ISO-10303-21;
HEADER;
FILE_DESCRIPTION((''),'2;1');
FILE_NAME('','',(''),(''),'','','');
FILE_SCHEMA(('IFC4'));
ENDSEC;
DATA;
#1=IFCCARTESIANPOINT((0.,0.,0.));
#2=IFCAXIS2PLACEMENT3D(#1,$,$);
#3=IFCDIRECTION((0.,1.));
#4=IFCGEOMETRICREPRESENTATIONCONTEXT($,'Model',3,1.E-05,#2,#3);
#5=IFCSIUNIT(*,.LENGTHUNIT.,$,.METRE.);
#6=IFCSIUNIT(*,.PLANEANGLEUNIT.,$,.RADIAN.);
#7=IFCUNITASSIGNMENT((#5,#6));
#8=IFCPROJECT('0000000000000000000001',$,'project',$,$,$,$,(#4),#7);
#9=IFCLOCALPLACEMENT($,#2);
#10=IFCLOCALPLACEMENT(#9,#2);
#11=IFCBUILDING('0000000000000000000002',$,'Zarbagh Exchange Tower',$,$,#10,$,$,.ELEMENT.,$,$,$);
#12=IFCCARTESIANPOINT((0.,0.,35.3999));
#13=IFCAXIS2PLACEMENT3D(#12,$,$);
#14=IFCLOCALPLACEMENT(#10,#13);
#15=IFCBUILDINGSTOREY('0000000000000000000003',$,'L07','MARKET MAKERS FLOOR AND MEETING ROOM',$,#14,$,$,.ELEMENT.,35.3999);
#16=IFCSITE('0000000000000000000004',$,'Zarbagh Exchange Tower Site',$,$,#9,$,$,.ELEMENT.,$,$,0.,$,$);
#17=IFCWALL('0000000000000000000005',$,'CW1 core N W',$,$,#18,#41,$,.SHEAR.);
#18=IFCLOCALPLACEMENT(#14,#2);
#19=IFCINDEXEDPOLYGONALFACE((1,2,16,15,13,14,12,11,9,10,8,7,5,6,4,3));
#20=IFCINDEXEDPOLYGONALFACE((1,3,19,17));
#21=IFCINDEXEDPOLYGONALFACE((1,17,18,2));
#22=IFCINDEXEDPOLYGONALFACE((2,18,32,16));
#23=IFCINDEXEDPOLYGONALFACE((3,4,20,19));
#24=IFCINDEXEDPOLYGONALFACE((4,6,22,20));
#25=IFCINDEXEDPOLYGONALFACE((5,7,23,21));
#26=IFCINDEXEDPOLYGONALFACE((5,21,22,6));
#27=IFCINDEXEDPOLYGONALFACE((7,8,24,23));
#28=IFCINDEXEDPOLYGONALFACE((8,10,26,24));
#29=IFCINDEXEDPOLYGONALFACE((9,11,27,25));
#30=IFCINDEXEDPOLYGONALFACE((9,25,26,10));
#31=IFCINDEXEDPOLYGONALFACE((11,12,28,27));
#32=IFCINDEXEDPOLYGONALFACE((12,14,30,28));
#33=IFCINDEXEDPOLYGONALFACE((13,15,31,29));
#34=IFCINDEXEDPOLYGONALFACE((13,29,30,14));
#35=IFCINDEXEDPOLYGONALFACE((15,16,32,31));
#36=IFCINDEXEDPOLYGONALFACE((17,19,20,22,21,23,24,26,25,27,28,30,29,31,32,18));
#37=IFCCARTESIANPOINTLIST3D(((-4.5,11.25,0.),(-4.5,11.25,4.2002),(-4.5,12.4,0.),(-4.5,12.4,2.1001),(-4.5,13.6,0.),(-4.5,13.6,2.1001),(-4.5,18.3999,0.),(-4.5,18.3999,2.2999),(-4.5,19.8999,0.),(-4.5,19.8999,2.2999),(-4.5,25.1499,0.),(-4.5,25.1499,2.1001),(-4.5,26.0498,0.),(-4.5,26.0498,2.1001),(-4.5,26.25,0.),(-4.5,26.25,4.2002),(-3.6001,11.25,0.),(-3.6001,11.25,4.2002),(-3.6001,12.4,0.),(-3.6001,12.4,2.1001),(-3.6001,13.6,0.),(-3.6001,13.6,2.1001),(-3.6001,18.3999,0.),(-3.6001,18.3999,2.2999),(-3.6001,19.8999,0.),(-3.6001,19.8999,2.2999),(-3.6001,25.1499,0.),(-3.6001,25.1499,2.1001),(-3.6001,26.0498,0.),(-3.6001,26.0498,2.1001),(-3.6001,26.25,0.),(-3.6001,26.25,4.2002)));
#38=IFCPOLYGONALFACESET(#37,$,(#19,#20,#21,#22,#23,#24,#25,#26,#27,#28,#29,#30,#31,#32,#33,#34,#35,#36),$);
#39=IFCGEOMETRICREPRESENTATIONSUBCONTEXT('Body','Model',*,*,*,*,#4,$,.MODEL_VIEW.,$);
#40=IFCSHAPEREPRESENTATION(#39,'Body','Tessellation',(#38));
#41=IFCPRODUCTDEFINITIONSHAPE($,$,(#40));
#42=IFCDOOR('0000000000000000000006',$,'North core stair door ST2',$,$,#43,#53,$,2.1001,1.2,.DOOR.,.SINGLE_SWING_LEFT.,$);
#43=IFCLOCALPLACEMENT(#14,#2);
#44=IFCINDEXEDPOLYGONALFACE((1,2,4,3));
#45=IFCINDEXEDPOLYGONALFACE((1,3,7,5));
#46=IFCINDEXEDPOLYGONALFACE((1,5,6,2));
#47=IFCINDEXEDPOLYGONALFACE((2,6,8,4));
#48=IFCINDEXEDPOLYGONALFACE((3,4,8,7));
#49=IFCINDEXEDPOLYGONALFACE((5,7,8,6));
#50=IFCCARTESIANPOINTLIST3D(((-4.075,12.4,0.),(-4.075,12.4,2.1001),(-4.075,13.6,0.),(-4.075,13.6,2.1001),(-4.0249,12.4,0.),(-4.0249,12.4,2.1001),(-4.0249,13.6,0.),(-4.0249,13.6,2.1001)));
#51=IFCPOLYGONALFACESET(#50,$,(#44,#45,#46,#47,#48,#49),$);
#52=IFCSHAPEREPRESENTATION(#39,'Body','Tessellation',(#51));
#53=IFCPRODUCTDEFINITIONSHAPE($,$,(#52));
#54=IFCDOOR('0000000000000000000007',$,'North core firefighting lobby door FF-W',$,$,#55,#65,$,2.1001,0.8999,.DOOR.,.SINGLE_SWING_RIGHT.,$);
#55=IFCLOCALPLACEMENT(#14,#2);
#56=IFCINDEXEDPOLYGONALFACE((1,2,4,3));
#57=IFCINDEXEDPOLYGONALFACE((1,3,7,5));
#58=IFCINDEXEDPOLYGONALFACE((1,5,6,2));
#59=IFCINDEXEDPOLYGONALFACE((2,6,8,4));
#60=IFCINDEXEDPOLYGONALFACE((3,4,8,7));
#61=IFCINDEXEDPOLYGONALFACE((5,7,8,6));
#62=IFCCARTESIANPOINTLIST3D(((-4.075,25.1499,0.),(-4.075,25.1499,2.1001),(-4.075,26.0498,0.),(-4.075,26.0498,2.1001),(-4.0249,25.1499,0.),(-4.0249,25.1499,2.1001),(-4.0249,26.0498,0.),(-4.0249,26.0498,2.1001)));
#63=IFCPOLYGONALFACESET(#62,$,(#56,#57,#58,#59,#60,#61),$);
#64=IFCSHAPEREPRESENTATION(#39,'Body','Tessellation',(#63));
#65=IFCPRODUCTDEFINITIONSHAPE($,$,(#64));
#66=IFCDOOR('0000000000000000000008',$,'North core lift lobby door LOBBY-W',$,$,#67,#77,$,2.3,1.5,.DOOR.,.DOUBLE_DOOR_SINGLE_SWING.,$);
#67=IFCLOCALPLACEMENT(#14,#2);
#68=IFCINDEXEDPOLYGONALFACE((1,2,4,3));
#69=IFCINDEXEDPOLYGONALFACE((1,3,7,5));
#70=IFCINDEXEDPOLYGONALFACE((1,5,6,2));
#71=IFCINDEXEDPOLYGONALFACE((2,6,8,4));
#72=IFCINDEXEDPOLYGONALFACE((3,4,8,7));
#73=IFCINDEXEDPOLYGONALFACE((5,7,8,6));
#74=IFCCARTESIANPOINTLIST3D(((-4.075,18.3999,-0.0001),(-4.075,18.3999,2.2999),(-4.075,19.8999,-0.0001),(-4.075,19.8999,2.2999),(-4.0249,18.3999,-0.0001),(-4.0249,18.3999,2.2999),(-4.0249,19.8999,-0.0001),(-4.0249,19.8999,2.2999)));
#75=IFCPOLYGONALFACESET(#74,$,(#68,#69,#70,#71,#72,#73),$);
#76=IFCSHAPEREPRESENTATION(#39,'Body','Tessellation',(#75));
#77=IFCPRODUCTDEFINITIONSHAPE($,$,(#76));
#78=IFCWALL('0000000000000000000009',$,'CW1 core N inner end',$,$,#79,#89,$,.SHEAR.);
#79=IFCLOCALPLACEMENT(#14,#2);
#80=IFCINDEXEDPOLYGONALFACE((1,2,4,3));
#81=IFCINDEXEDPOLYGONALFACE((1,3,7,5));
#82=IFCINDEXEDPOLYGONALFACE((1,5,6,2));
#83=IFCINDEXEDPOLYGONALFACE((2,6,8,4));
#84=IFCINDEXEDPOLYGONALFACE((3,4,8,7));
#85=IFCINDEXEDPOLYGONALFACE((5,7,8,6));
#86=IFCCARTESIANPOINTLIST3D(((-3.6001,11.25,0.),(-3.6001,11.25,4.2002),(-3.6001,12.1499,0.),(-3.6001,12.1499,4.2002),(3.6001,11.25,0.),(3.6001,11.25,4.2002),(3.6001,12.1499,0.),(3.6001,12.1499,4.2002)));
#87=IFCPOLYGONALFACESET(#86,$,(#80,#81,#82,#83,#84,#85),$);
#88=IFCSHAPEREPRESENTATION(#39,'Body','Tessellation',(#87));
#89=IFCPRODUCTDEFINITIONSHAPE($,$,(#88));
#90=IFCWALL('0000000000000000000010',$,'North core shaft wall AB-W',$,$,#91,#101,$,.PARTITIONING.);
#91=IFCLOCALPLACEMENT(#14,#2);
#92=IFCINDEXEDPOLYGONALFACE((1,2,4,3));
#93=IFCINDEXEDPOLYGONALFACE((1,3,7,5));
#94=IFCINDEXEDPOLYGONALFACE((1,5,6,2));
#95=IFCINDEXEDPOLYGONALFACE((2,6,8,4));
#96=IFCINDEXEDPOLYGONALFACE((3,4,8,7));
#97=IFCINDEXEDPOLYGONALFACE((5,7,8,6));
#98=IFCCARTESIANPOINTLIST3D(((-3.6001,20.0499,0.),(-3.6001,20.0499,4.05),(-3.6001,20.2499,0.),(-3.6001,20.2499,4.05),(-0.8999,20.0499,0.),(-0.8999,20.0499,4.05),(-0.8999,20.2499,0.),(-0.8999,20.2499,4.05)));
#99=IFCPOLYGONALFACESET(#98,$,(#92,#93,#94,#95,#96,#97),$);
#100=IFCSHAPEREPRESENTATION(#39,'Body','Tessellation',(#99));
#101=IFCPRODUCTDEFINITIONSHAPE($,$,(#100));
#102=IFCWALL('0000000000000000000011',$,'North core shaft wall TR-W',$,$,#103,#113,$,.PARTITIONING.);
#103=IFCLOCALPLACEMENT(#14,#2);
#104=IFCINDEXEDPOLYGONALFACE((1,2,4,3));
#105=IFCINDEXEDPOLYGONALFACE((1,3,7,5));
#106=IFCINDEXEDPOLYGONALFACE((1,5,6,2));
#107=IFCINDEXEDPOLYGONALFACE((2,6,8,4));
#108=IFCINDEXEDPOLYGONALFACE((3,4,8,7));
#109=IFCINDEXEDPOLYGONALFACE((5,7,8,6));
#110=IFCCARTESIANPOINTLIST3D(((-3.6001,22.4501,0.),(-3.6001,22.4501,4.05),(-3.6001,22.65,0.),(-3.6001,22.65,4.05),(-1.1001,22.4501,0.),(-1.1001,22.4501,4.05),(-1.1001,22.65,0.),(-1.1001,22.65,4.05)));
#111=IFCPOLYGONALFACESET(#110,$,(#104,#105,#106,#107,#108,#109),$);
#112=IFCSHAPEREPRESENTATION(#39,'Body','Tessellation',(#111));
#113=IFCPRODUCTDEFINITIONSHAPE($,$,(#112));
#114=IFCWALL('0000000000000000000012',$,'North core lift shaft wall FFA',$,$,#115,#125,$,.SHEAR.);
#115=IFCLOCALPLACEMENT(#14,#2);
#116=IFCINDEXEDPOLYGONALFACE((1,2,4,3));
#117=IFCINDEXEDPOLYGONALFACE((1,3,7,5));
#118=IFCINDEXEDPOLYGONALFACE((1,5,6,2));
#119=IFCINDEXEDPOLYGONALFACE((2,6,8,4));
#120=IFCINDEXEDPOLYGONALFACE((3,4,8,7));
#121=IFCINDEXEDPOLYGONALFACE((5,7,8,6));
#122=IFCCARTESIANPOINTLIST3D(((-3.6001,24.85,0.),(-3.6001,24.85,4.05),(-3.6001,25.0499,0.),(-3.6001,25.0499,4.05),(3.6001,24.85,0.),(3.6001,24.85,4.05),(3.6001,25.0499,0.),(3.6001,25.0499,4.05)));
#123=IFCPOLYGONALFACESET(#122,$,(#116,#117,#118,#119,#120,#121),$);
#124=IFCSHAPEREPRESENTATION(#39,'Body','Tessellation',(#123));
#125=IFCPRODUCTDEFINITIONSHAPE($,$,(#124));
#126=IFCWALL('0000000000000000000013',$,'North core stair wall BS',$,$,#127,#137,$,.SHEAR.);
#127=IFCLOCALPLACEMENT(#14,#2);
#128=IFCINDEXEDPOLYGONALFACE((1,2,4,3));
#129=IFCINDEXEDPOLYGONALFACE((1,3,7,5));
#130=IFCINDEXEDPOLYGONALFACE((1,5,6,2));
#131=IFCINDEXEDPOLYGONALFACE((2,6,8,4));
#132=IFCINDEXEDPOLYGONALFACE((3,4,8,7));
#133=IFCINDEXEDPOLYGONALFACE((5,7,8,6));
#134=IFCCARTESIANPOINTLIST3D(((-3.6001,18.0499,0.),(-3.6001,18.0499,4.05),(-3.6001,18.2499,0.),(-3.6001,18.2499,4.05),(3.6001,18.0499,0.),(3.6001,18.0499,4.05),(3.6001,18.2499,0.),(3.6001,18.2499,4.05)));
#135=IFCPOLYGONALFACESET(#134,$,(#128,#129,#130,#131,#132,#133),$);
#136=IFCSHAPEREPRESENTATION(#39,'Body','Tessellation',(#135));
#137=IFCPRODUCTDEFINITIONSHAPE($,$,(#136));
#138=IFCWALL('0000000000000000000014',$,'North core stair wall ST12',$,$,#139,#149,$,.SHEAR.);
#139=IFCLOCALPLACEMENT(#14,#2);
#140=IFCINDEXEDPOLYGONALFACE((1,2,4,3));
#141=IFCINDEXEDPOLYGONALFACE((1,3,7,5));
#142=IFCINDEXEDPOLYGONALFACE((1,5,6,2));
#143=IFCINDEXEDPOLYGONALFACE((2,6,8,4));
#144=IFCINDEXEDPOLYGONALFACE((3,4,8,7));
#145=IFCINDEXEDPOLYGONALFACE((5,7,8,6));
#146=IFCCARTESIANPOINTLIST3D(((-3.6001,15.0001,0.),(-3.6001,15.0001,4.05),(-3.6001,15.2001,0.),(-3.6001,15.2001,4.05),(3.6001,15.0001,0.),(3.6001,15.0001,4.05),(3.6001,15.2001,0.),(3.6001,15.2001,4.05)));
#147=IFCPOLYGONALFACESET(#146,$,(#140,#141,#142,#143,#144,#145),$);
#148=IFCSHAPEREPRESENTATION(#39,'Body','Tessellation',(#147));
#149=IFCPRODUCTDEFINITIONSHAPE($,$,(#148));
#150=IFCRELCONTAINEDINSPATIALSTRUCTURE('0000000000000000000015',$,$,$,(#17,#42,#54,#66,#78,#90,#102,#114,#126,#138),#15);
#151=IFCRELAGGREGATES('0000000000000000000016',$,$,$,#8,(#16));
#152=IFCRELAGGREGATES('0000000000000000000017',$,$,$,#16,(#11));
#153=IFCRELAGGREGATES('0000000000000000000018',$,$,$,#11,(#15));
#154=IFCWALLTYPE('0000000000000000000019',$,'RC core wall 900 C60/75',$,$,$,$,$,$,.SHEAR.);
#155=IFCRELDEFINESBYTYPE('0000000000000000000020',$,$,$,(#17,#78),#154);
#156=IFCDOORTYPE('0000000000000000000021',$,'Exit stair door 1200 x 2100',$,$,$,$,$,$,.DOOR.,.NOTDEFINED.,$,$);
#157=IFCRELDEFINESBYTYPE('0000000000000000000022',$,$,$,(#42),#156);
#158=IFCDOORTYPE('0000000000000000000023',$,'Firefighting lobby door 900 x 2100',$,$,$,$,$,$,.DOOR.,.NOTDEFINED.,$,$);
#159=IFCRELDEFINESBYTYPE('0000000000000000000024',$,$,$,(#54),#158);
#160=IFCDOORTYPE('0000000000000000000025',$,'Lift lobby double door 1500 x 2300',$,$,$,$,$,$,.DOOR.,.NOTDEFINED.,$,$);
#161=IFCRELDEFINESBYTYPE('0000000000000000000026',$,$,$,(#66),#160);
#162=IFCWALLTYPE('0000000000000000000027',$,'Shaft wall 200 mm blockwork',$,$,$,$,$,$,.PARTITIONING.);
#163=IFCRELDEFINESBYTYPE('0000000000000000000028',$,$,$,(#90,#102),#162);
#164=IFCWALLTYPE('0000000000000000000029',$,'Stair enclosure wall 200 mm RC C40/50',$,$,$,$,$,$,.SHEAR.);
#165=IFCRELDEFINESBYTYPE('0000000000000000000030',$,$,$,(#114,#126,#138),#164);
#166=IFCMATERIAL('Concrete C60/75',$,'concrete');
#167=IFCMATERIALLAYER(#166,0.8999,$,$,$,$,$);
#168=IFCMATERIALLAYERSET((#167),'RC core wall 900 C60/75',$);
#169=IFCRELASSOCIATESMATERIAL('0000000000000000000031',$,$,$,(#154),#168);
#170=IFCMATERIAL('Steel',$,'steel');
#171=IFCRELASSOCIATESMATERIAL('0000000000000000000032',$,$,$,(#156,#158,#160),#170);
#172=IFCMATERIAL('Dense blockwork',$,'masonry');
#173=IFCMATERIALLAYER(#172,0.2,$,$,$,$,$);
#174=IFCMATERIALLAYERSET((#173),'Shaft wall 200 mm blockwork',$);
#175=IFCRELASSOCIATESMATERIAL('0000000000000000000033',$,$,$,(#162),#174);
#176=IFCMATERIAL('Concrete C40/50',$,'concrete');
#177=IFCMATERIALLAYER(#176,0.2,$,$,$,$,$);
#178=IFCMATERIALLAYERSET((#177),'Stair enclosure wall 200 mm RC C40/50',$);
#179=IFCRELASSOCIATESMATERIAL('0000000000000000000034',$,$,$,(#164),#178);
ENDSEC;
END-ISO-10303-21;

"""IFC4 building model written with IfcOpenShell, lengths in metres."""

from ifc_helpers import new_model, si_unit, direction, frame, frame_2d, origin, place, context, subcontext, project, spatial, rectangle, extrude, material, layer, layer_set, type_object, element, fill, save


model = new_model("IFC4")

# Units and contexts
model_context = context("Model", 3, precision=1e-05, world=origin(), true_north=direction((0.0, 1.0)))
body_context = subcontext(model_context, "Body", "Model", "MODEL_VIEW")
ifc_project = project(units=[si_unit("LENGTHUNIT", "METRE"), si_unit("PLANEANGLEUNIT", "RADIAN")], contexts=[model_context])

# Site, building, storey
site_placement = place(None, origin())
site = spatial("IfcSite", under=ifc_project, at=site_placement, Name="Zarbagh Exchange Tower Site", CompositionType="ELEMENT", RefElevation=0.0)
building_placement = place(site_placement, origin())
building = spatial("IfcBuilding", under=site, at=building_placement, Name="Zarbagh Exchange Tower", CompositionType="ELEMENT")
storey_placement = place(building_placement, frame((0.0, 0.0, 35.3999)))
storey = spatial("IfcBuildingStorey", under=building, at=storey_placement, Name="L07", Description="MARKET MAKERS FLOOR AND MEETING ROOM", CompositionType="ELEMENT", Elevation=35.3999)

# Shared definitions
ifc_material_1 = material(Name="Concrete C60/75", Category="concrete")

# Wall, openings, doors
ifc_layer_1 = layer(ifc_material_1, 0.8999)
ifc_layer_set_1 = layer_set([ifc_layer_1], Name="RC core wall 900 C60/75")
wall_type_1 = type_object("IfcWallType", Name="RC core wall 900 C60/75", PredefinedType="SHEAR", material=ifc_layer_set_1)
wall_1_placement = place(storey_placement, frame((-4.05, 11.25, 0.0), z_axis=(0.0, 0.0, 1.0), x_axis=(0.0, 1.0, 0.0)))
wall_1 = element("IfcWall", 1, at=wall_1_placement, inside=storey, type_object=wall_type_1, Name="CW1 core N W", PredefinedType="SHEAR", context=body_context, shape_type="SweptSolid", body=[
    extrude(rectangle(XDim=15.0, YDim=0.8999, at=frame_2d((7.5, 0.0))), origin(), (0.0, 0.0, 1.0), 4.2002),
])
opening_1_placement = place(wall_1_placement, frame((7.1499, 0.0, 0.0)))
opening_1 = element("IfcOpeningElement", 2, at=opening_1_placement, cuts=wall_1, PredefinedType="OPENING", context=body_context, shape_type="SweptSolid", body=[
    extrude(rectangle(XDim=1.5, YDim=2.3, at=frame_2d((0.75, 1.1499))), frame((0.0, 0.46, 0.0), z_axis=(0.0, -1.0, 0.0), x_axis=(1.0, 0.0, 0.0)), (0.0, 0.0, 1.0), 0.9199),
])
opening_2_placement = place(wall_1_placement, frame((13.8999, 0.0, 0.0)))
opening_2 = element("IfcOpeningElement", 3, at=opening_2_placement, cuts=wall_1, PredefinedType="OPENING", context=body_context, shape_type="SweptSolid", body=[
    extrude(rectangle(XDim=0.8999, YDim=2.1001, at=frame_2d((0.45, 1.05))), frame((0.0, 0.46, 0.0), z_axis=(0.0, -1.0, 0.0), x_axis=(1.0, 0.0, 0.0)), (0.0, 0.0, 1.0), 0.9199),
])
opening_3_placement = place(wall_1_placement, frame((1.1499, 0.0, 0.0)))
opening_3 = element("IfcOpeningElement", 4, at=opening_3_placement, cuts=wall_1, PredefinedType="OPENING", context=body_context, shape_type="SweptSolid", body=[
    extrude(rectangle(XDim=1.2, YDim=2.1001, at=frame_2d((0.6001, 1.05))), frame((0.0, 0.46, 0.0), z_axis=(0.0, -1.0, 0.0), x_axis=(1.0, 0.0, 0.0)), (0.0, 0.0, 1.0), 0.9199),
])
ifc_material_2 = material(Name="Steel", Category="steel")
door_type_1 = type_object("IfcDoorType", Name="Exit stair door 1200 x 2100", OperationType="NOTDEFINED", PredefinedType="DOOR", material=ifc_material_2)
door_1_placement = place(opening_3_placement, origin())
door_1 = element("IfcDoor", 5, at=door_1_placement, inside=storey, type_object=door_type_1, Name="North core stair door ST2", OperationType="SINGLE_SWING_LEFT", OverallHeight=2.1001, OverallWidth=1.2, PredefinedType="DOOR", context=body_context, shape_type="SweptSolid", body=[
    extrude(rectangle(XDim=1.2, YDim=2.1001, at=frame_2d((0.6001, 1.05))), frame((0.0, 0.0249, 0.0), z_axis=(0.0, -1.0, 0.0), x_axis=(1.0, 0.0, 0.0)), (0.0, 0.0, 1.0), 0.05),
])
fill(opening_3, door_1)
door_type_2 = type_object("IfcDoorType", Name="Firefighting lobby door 900 x 2100", OperationType="NOTDEFINED", PredefinedType="DOOR", material=ifc_material_2)
door_2_placement = place(opening_2_placement, origin())
door_2 = element("IfcDoor", 6, at=door_2_placement, inside=storey, type_object=door_type_2, Name="North core firefighting lobby door FF-W", OperationType="SINGLE_SWING_RIGHT", OverallHeight=2.1001, OverallWidth=0.8999, PredefinedType="DOOR", context=body_context, shape_type="SweptSolid", body=[
    extrude(rectangle(XDim=0.8999, YDim=2.1001, at=frame_2d((0.45, 1.05))), frame((0.0, 0.0249, 0.0), z_axis=(0.0, -1.0, 0.0), x_axis=(1.0, 0.0, 0.0)), (0.0, 0.0, 1.0), 0.05),
])
fill(opening_2, door_2)
door_type_3 = type_object("IfcDoorType", Name="Lift lobby double door 1500 x 2300", OperationType="NOTDEFINED", PredefinedType="DOOR", material=ifc_material_2)
door_3_placement = place(opening_1_placement, origin())
door_3 = element("IfcDoor", 7, at=door_3_placement, inside=storey, type_object=door_type_3, Name="North core lift lobby door LOBBY-W", OperationType="DOUBLE_DOOR_SINGLE_SWING", OverallHeight=2.3, OverallWidth=1.5, PredefinedType="DOOR", context=body_context, shape_type="SweptSolid", body=[
    extrude(rectangle(XDim=1.5, YDim=2.3, at=frame_2d((0.75, 1.1499))), frame((0.0, 0.0249, 0.0), z_axis=(0.0, -1.0, 0.0), x_axis=(1.0, 0.0, 0.0)), (0.0, 0.0, 1.0), 0.05),
])
fill(opening_1, door_3)

# Walls
wall_2_placement = place(storey_placement, frame((-3.6001, 11.7, 0.0), z_axis=(0.0, 0.0, 1.0), x_axis=(1.0, 0.0, 0.0)))
element("IfcWall", 8, at=wall_2_placement, inside=storey, type_object=wall_type_1, Name="CW1 core N inner end", PredefinedType="SHEAR", context=body_context, shape_type="SweptSolid", body=[
    extrude(rectangle(XDim=7.2002, YDim=0.8999, at=frame_2d((3.6001, 0.0))), origin(), (0.0, 0.0, 1.0), 4.2002),
])
ifc_material_3 = material(Name="Dense blockwork", Category="masonry")
ifc_layer_2 = layer(ifc_material_3, 0.2)
ifc_layer_set_2 = layer_set([ifc_layer_2], Name="Shaft wall 200 mm blockwork")
wall_type_2 = type_object("IfcWallType", Name="Shaft wall 200 mm blockwork", PredefinedType="PARTITIONING", material=ifc_layer_set_2)
wall_3_placement = place(storey_placement, frame((-3.6001, 20.1499, 0.0), z_axis=(0.0, 0.0, 1.0), x_axis=(1.0, 0.0, 0.0)))
element("IfcWall", 9, at=wall_3_placement, inside=storey, type_object=wall_type_2, Name="North core shaft wall AB-W", PredefinedType="PARTITIONING", context=body_context, shape_type="SweptSolid", body=[
    extrude(rectangle(XDim=2.7002, YDim=0.2, at=frame_2d((1.3501, 0.0))), origin(), (0.0, 0.0, 1.0), 4.05),
])
wall_4_placement = place(storey_placement, frame((-3.6001, 22.55, 0.0), z_axis=(0.0, 0.0, 1.0), x_axis=(1.0, 0.0, 0.0)))
element("IfcWall", 10, at=wall_4_placement, inside=storey, type_object=wall_type_2, Name="North core shaft wall TR-W", PredefinedType="PARTITIONING", context=body_context, shape_type="SweptSolid", body=[
    extrude(rectangle(XDim=2.5, YDim=0.2, at=frame_2d((1.25, 0.0))), origin(), (0.0, 0.0, 1.0), 4.05),
])
ifc_material_4 = material(Name="Concrete C40/50", Category="concrete")
ifc_layer_3 = layer(ifc_material_4, 0.2)
ifc_layer_set_3 = layer_set([ifc_layer_3], Name="Stair enclosure wall 200 mm RC C40/50")
wall_type_3 = type_object("IfcWallType", Name="Stair enclosure wall 200 mm RC C40/50", PredefinedType="SHEAR", material=ifc_layer_set_3)
for number, where, z_axis, x_axis, name in (
    (11, (-3.6001, 24.95, 0.0), (0.0, 0.0, 1.0), (1.0, 0.0, 0.0), "North core lift shaft wall FFA"),
    (12, (-3.6001, 18.1499, 0.0), (0.0, 0.0, 1.0), (1.0, 0.0, 0.0), "North core stair wall BS"),
    (13, (-3.6001, 15.1001, 0.0), (0.0, 0.0, 1.0), (1.0, 0.0, 0.0), "North core stair wall ST12"),
):
    element("IfcWall", number, at=place(storey_placement, frame(where, z_axis=z_axis, x_axis=x_axis)), inside=storey, type_object=wall_type_3, Name=name, PredefinedType="SHEAR", context=body_context, shape_type="SweptSolid", body=[
        extrude(rectangle(XDim=7.2002, YDim=0.2, at=frame_2d((3.6001, 0.0))), origin(), (0.0, 0.0, 1.0), 4.05),
    ])

save(model, "model.ifc")
